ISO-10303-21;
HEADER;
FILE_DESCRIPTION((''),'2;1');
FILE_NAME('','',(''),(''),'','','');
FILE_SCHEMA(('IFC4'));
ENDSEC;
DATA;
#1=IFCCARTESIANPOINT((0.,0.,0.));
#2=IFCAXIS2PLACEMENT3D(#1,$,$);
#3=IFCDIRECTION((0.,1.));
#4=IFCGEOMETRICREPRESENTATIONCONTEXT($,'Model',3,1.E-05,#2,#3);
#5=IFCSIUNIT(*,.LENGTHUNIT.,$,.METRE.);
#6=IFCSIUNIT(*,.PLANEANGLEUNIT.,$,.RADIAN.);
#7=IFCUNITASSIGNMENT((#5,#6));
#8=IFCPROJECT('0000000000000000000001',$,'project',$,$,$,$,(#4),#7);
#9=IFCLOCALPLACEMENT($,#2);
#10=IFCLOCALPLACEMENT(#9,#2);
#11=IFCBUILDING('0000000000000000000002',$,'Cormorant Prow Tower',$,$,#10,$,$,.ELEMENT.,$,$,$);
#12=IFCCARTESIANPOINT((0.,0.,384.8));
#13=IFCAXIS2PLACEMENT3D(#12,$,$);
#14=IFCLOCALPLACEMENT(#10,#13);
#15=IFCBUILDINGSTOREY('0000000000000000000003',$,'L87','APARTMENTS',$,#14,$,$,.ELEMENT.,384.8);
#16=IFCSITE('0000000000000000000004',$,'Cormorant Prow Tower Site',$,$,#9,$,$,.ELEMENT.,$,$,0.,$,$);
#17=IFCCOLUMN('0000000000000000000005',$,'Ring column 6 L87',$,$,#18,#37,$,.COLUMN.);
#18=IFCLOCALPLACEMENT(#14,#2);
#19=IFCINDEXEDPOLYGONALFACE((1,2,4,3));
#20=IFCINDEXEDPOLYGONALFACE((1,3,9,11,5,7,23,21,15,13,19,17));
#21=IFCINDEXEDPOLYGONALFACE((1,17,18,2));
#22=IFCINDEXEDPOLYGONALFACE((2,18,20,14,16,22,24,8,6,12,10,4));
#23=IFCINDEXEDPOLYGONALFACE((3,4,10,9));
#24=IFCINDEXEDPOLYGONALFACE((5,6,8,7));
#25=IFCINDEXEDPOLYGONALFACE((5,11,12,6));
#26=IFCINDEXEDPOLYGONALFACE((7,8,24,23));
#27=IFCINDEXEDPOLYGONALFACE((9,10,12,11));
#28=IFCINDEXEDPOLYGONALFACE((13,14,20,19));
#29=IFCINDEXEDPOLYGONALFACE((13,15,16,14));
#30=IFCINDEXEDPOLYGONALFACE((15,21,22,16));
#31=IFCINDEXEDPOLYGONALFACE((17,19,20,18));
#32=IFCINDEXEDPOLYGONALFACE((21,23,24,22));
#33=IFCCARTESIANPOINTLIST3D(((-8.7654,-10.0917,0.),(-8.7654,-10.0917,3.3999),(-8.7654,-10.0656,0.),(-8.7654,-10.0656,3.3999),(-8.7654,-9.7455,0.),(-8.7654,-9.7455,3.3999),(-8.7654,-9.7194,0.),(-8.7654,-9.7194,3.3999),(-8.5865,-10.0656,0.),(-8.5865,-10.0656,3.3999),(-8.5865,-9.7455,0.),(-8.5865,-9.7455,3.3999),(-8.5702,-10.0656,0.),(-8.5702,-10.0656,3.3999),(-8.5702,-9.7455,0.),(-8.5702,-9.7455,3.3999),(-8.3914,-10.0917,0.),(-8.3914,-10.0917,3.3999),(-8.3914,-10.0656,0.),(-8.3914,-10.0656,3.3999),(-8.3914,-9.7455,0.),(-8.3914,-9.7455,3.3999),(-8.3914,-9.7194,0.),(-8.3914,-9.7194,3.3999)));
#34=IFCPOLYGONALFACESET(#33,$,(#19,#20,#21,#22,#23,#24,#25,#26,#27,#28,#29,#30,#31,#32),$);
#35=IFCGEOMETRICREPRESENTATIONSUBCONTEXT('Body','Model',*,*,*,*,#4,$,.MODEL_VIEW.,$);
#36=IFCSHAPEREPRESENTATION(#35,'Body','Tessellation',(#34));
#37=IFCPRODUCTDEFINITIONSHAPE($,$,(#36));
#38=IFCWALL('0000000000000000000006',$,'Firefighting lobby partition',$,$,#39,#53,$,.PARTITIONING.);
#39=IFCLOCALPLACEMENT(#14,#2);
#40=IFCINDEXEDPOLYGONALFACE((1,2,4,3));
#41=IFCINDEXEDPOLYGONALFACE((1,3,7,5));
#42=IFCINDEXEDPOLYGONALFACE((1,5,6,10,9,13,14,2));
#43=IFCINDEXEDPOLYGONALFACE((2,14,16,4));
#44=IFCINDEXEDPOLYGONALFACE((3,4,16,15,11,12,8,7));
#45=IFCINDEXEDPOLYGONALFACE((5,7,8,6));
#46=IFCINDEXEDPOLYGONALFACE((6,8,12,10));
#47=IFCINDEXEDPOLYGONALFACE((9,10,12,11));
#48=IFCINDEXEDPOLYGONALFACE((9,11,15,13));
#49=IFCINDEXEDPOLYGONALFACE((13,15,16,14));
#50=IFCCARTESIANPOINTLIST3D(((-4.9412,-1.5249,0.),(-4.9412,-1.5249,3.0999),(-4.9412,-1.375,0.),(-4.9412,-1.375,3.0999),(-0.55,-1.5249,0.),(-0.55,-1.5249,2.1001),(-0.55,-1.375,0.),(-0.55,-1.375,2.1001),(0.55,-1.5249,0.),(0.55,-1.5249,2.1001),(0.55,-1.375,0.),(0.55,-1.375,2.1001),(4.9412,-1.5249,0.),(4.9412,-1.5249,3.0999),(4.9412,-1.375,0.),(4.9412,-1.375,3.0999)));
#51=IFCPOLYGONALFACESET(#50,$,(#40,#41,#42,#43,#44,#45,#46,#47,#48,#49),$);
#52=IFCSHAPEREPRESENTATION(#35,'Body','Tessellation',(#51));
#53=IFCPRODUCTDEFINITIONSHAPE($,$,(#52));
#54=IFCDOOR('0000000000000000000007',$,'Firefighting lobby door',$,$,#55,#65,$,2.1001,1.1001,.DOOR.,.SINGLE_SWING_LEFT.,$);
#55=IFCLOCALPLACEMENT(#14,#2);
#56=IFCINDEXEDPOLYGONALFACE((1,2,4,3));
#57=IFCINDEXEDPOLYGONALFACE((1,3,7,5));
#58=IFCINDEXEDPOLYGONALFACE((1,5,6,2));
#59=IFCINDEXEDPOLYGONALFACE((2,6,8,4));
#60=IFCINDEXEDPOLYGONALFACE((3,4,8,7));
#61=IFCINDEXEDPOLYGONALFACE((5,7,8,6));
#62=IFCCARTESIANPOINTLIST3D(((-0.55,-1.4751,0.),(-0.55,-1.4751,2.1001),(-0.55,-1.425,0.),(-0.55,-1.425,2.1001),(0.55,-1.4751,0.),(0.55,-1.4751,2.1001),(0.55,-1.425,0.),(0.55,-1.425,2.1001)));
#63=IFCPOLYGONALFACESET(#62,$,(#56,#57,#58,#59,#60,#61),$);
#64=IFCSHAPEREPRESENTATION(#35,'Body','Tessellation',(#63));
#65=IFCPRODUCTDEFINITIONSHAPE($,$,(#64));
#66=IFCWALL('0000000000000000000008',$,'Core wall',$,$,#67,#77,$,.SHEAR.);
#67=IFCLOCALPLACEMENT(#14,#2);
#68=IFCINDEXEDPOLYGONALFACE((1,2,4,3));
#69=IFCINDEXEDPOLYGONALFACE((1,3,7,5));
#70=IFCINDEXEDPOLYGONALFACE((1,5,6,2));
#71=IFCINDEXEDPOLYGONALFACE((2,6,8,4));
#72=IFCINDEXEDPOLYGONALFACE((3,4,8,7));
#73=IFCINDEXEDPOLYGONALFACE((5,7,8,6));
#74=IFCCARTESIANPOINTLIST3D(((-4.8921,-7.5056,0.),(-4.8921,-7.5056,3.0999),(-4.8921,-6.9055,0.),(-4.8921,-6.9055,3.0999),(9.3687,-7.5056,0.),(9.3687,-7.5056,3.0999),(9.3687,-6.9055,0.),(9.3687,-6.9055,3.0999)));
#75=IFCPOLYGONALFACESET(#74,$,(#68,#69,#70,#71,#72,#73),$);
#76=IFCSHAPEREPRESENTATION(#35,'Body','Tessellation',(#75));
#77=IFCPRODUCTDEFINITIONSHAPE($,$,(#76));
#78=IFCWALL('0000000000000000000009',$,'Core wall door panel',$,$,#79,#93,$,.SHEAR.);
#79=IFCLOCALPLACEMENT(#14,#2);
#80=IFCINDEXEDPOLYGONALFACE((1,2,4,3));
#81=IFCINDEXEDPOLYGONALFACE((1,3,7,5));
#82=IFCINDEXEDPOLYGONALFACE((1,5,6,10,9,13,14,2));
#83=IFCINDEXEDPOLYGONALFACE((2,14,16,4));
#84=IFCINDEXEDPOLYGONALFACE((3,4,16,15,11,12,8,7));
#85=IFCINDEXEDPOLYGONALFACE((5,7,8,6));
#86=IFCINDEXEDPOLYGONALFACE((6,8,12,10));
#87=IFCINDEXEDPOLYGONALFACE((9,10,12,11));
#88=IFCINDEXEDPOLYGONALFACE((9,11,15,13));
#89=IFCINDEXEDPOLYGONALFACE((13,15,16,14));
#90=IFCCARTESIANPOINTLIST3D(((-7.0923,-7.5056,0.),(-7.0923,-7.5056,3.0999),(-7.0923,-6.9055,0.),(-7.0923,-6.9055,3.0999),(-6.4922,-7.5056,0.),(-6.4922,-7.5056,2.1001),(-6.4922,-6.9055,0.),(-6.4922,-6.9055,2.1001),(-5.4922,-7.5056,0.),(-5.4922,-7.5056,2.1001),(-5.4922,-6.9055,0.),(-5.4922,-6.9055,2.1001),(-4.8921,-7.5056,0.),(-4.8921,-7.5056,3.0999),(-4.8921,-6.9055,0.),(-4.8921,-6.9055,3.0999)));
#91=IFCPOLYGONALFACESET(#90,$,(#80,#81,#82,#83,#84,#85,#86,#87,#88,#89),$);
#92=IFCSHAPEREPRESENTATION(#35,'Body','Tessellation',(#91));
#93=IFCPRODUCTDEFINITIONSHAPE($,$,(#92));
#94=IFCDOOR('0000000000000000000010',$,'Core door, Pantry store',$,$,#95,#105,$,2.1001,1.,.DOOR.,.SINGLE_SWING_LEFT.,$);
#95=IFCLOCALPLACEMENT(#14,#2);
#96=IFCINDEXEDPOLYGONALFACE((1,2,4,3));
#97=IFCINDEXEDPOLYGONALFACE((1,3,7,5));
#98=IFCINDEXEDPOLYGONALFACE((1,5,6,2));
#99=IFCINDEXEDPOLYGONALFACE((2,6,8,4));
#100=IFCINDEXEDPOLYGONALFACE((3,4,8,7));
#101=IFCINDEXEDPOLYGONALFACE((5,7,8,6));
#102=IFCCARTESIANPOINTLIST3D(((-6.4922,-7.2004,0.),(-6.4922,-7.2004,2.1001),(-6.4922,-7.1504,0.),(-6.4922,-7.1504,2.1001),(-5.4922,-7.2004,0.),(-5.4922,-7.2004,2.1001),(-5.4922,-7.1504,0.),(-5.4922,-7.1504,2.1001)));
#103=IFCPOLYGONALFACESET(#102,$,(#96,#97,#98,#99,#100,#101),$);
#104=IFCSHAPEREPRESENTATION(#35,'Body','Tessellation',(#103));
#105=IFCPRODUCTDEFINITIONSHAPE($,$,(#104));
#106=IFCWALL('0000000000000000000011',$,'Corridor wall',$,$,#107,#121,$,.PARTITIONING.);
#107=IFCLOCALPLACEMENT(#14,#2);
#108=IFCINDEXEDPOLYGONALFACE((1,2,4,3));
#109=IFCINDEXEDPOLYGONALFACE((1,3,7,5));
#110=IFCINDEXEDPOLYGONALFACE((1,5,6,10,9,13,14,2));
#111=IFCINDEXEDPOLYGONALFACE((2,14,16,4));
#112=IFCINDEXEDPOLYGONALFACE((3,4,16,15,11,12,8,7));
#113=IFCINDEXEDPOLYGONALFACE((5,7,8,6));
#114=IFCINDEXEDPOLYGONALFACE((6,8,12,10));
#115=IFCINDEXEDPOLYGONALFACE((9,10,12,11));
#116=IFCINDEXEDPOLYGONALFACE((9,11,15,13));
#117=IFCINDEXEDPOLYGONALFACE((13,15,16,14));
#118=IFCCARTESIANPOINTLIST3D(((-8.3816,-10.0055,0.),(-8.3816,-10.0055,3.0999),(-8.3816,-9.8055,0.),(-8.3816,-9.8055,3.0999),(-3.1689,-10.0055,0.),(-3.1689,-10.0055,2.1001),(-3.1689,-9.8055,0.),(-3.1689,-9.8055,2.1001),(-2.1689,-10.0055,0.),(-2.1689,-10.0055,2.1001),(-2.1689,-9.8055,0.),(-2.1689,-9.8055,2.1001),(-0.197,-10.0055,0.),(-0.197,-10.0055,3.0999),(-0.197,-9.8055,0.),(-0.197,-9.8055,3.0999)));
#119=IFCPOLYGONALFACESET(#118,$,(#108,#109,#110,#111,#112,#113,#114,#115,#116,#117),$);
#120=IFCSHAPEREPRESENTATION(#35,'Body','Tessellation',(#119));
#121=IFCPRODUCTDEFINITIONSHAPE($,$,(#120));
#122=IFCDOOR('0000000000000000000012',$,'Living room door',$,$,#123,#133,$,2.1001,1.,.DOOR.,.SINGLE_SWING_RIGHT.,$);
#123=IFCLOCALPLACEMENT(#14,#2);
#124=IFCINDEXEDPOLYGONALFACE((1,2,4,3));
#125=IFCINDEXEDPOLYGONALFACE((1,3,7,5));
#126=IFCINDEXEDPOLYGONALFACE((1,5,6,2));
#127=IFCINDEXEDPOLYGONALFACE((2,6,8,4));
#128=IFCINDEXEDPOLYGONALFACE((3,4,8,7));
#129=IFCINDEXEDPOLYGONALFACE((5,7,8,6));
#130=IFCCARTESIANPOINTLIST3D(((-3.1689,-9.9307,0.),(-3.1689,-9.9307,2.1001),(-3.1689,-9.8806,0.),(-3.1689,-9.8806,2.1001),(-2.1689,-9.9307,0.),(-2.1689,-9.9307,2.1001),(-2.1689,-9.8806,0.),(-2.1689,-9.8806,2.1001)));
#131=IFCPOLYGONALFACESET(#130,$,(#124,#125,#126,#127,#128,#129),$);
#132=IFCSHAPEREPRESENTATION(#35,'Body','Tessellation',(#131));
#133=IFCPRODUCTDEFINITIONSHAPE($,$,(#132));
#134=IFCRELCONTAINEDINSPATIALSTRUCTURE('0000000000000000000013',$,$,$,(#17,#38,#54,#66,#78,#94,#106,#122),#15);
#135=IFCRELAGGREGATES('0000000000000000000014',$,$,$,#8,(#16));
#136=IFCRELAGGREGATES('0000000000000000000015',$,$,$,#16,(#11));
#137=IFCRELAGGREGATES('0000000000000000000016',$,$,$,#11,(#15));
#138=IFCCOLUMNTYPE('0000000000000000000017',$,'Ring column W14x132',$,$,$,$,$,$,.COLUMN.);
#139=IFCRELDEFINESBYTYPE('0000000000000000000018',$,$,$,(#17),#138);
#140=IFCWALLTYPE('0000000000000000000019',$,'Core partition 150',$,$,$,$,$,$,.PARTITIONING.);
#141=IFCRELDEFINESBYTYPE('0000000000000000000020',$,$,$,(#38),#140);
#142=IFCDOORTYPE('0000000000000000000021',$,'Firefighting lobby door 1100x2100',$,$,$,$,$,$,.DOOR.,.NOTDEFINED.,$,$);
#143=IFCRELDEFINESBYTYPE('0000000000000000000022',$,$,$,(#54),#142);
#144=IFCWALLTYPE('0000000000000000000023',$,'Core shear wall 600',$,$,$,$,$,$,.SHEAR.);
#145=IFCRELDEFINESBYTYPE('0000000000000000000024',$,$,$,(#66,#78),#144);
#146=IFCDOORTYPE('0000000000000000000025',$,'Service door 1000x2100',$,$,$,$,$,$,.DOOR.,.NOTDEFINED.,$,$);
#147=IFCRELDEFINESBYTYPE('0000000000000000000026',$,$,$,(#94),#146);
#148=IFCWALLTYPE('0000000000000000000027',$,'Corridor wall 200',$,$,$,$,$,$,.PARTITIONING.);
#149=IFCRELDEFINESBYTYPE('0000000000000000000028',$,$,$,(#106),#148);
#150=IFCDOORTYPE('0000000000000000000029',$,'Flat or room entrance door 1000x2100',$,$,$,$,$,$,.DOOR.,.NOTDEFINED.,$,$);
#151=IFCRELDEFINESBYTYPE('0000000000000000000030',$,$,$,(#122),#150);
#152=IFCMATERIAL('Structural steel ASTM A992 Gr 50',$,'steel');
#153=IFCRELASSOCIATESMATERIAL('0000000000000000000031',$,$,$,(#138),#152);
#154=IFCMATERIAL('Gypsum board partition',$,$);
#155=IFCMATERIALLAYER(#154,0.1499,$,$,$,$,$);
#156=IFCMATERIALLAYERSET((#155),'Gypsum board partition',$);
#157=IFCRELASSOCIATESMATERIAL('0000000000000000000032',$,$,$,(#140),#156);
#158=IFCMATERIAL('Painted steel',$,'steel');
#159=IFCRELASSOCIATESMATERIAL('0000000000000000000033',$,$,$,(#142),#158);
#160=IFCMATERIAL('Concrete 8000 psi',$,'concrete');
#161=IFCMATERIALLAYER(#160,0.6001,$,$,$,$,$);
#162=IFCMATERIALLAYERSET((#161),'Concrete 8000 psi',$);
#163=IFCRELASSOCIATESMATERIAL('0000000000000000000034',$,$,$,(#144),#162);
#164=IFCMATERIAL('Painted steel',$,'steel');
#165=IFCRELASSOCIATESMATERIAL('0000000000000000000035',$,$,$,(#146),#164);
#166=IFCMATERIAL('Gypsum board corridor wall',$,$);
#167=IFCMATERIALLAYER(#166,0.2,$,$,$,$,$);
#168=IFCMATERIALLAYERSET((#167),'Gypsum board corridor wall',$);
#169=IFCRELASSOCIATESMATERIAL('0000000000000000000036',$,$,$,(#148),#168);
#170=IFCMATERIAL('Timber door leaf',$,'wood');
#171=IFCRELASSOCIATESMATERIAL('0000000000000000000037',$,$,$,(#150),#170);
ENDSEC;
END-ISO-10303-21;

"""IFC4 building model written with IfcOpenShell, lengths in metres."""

from ifc_helpers import new_model, si_unit, direction, frame, frame_2d, origin, origin_2d, place, context, subcontext, project, spatial, rectangle, i_section, extrude, material, layer, layer_set, material_profile, profile_set, type_object, element, fill, save


model = new_model("IFC4")

# Units and contexts
model_context = context("Model", 3, precision=1e-05, world=origin(), true_north=direction((0.0, 1.0)))
body_context = subcontext(model_context, "Body", "Model", "MODEL_VIEW")
ifc_project = project(units=[si_unit("LENGTHUNIT", "METRE"), si_unit("PLANEANGLEUNIT", "RADIAN")], contexts=[model_context])

# Site, building, storey
site_placement = place(None, origin())
site = spatial("IfcSite", under=ifc_project, at=site_placement, Name="Cormorant Prow Tower Site", CompositionType="ELEMENT", RefElevation=0.0)
building_placement = place(site_placement, origin())
building = spatial("IfcBuilding", under=site, at=building_placement, Name="Cormorant Prow Tower", CompositionType="ELEMENT")
storey_placement = place(building_placement, frame((0.0, 0.0, 384.8)))
storey = spatial("IfcBuildingStorey", under=building, at=storey_placement, Name="L87", Description="APARTMENTS", CompositionType="ELEMENT", Elevation=384.8)

# Column
ifc_material_1 = material(Name="Structural steel ASTM A992 Gr 50", Category="steel")
ifc_material_profile = material_profile(ifc_material_1, i_section(OverallWidth=0.374, OverallDepth=0.3723, WebThickness=0.0164, FlangeThickness=0.0261, at=origin_2d()), Name="W14x132")
ifc_profile_set = profile_set([ifc_material_profile], Name="Structural steel ASTM A992 Gr 50")
column_type = type_object("IfcColumnType", Name="Ring column W14x132", PredefinedType="COLUMN", material=ifc_profile_set)
column_placement = place(storey_placement, frame((-8.5784, -9.9055, 0.0), z_axis=(0.0, 0.0, 1.0), x_axis=(1.0, 0.0, 0.0)))
element("IfcColumn", 1, at=column_placement, inside=storey, type_object=column_type, Name="Ring column 6 L87", PredefinedType="COLUMN", context=body_context, shape_type="SweptSolid", body=[
    extrude(i_section(OverallWidth=0.374, OverallDepth=0.3723, WebThickness=0.0164, FlangeThickness=0.0261, at=origin_2d()), origin(), (0.0, 0.0, 1.0), 3.3999),
])

# Wall, opening, door
ifc_material_2 = material(Name="Gypsum board partition")
ifc_layer_1 = layer(ifc_material_2, 0.1499)
ifc_layer_set_1 = layer_set([ifc_layer_1], Name="Gypsum board partition")
wall_type_1 = type_object("IfcWallType", Name="Core partition 150", PredefinedType="PARTITIONING", material=ifc_layer_set_1)
wall_1_placement = place(storey_placement, frame((-4.9412, -1.45, 0.0), z_axis=(0.0, 0.0, 1.0), x_axis=(1.0, 0.0, 0.0)))
wall_1 = element("IfcWall", 2, at=wall_1_placement, inside=storey, type_object=wall_type_1, Name="Firefighting lobby partition", PredefinedType="PARTITIONING", context=body_context, shape_type="SweptSolid", body=[
    extrude(rectangle(XDim=9.8823, YDim=0.1499, at=frame_2d((4.9412, 0.0))), origin(), (0.0, 0.0, 1.0), 3.0999),
])
opening_1_placement = place(wall_1_placement, frame((4.3911, 0.0, 0.0)))
opening_1 = element("IfcOpeningElement", 3, at=opening_1_placement, cuts=wall_1, PredefinedType="OPENING", context=body_context, shape_type="SweptSolid", body=[
    extrude(rectangle(XDim=1.1001, YDim=2.1001, at=frame_2d((0.55, 1.05))), frame((0.0, 0.085, 0.0), z_axis=(0.0, -1.0, 0.0), x_axis=(1.0, 0.0, 0.0)), (0.0, 0.0, 1.0), 0.1699),
])
ifc_material_3 = material(Name="Painted steel", Category="steel")
door_type_1 = type_object("IfcDoorType", Name="Firefighting lobby door 1100x2100", OperationType="NOTDEFINED", PredefinedType="DOOR", material=ifc_material_3)
door_1_placement = place(opening_1_placement, origin())
door_1 = element("IfcDoor", 4, at=door_1_placement, inside=storey, type_object=door_type_1, Name="Firefighting lobby door", OperationType="SINGLE_SWING_LEFT", OverallHeight=2.1001, OverallWidth=1.1001, PredefinedType="DOOR", context=body_context, shape_type="SweptSolid", body=[
    extrude(rectangle(XDim=1.1001, YDim=2.1001, at=frame_2d((0.55, 1.05))), frame((0.0, 0.0249, 0.0), z_axis=(0.0, -1.0, 0.0), x_axis=(1.0, 0.0, 0.0)), (0.0, 0.0, 1.0), 0.05),
])
fill(opening_1, door_1)

# Wall
ifc_material_4 = material(Name="Concrete 8000 psi", Category="concrete")
ifc_layer_2 = layer(ifc_material_4, 0.6001)
ifc_layer_set_2 = layer_set([ifc_layer_2], Name="Concrete 8000 psi")
wall_type_2 = type_object("IfcWallType", Name="Core shear wall 600", PredefinedType="SHEAR", material=ifc_layer_set_2)
wall_2_placement = place(storey_placement, frame((-4.8921, -7.2056, 0.0), z_axis=(0.0, 0.0, 1.0), x_axis=(1.0, 0.0, 0.0)))
element("IfcWall", 5, at=wall_2_placement, inside=storey, type_object=wall_type_2, Name="Core wall", PredefinedType="SHEAR", context=body_context, shape_type="SweptSolid", body=[
    extrude(rectangle(XDim=14.2607, YDim=0.6001, at=frame_2d((7.1304, 0.0))), origin(), (0.0, 0.0, 1.0), 3.0999),
])

# Walls, openings, doors
wall_3_placement = place(storey_placement, frame((-7.0923, -7.2056, 0.0), z_axis=(0.0, 0.0, 1.0), x_axis=(1.0, 0.0, 0.0)))
wall_3 = element("IfcWall", 6, at=wall_3_placement, inside=storey, type_object=wall_type_2, Name="Core wall door panel", PredefinedType="SHEAR", context=body_context, shape_type="SweptSolid", body=[
    extrude(rectangle(XDim=2.2002, YDim=0.6001, at=frame_2d((1.1001, 0.0))), origin(), (0.0, 0.0, 1.0), 3.0999),
])
opening_2_placement = place(wall_3_placement, frame((0.6001, 0.0, 0.0)))
opening_2 = element("IfcOpeningElement", 7, at=opening_2_placement, cuts=wall_3, PredefinedType="OPENING", context=body_context, shape_type="SweptSolid", body=[
    extrude(rectangle(XDim=1.0, YDim=2.1001, at=frame_2d((0.5, 1.05))), frame((0.0, 0.3101, 0.0), z_axis=(0.0, -1.0, 0.0), x_axis=(1.0, 0.0, 0.0)), (0.0, 0.0, 1.0), 0.6201),
])
ifc_material_5 = material(Name="Painted steel", Category="steel")
door_type_2 = type_object("IfcDoorType", Name="Service door 1000x2100", OperationType="NOTDEFINED", PredefinedType="DOOR", material=ifc_material_5)
door_2_placement = place(opening_2_placement, origin())
door_2 = element("IfcDoor", 8, at=door_2_placement, inside=storey, type_object=door_type_2, Name="Core door, Pantry store", OperationType="SINGLE_SWING_LEFT", OverallHeight=2.1001, OverallWidth=1.0, PredefinedType="DOOR", context=body_context, shape_type="SweptSolid", body=[
    extrude(rectangle(XDim=1.0, YDim=2.1001, at=frame_2d((0.5, 1.05))), frame((0.0, 0.0552, 0.0), z_axis=(0.0, -1.0, 0.0), x_axis=(1.0, 0.0, 0.0)), (0.0, 0.0, 1.0), 0.05),
])
fill(opening_2, door_2)
ifc_material_6 = material(Name="Gypsum board corridor wall")
ifc_layer_3 = layer(ifc_material_6, 0.2)
ifc_layer_set_3 = layer_set([ifc_layer_3], Name="Gypsum board corridor wall")
wall_type_3 = type_object("IfcWallType", Name="Corridor wall 200", PredefinedType="PARTITIONING", material=ifc_layer_set_3)
wall_4_placement = place(storey_placement, frame((-8.3816, -9.9055, 0.0), z_axis=(0.0, 0.0, 1.0), x_axis=(1.0, 0.0, 0.0)))
wall_4 = element("IfcWall", 9, at=wall_4_placement, inside=storey, type_object=wall_type_3, Name="Corridor wall", PredefinedType="PARTITIONING", context=body_context, shape_type="SweptSolid", body=[
    extrude(rectangle(XDim=8.1846, YDim=0.2, at=frame_2d((4.0923, 0.0))), origin(), (0.0, 0.0, 1.0), 3.0999),
])
opening_3_placement = place(wall_4_placement, frame((5.2126, 0.0, 0.0)))
opening_3 = element("IfcOpeningElement", 10, at=opening_3_placement, cuts=wall_4, PredefinedType="OPENING", context=body_context, shape_type="SweptSolid", body=[
    extrude(rectangle(XDim=1.0, YDim=2.1001, at=frame_2d((0.5, 1.05))), frame((0.0, 0.1099, 0.0), z_axis=(0.0, -1.0, 0.0), x_axis=(1.0, 0.0, 0.0)), (0.0, 0.0, 1.0), 0.22),
])
ifc_material_7 = material(Name="Timber door leaf", Category="wood")
door_type_3 = type_object("IfcDoorType", Name="Flat or room entrance door 1000x2100", OperationType="NOTDEFINED", PredefinedType="DOOR", material=ifc_material_7)
door_3_placement = place(opening_3_placement, origin())
door_3 = element("IfcDoor", 11, at=door_3_placement, inside=storey, type_object=door_type_3, Name="Living room door", OperationType="SINGLE_SWING_RIGHT", OverallHeight=2.1001, OverallWidth=1.0, PredefinedType="DOOR", context=body_context, shape_type="SweptSolid", body=[
    extrude(rectangle(XDim=1.0, YDim=2.1001, at=frame_2d((0.5, 1.05))), frame((0.0, 0.0249, 0.0), z_axis=(0.0, -1.0, 0.0), x_axis=(1.0, 0.0, 0.0)), (0.0, 0.0, 1.0), 0.05),
])
fill(opening_3, door_3)

save(model, "model.ifc")
